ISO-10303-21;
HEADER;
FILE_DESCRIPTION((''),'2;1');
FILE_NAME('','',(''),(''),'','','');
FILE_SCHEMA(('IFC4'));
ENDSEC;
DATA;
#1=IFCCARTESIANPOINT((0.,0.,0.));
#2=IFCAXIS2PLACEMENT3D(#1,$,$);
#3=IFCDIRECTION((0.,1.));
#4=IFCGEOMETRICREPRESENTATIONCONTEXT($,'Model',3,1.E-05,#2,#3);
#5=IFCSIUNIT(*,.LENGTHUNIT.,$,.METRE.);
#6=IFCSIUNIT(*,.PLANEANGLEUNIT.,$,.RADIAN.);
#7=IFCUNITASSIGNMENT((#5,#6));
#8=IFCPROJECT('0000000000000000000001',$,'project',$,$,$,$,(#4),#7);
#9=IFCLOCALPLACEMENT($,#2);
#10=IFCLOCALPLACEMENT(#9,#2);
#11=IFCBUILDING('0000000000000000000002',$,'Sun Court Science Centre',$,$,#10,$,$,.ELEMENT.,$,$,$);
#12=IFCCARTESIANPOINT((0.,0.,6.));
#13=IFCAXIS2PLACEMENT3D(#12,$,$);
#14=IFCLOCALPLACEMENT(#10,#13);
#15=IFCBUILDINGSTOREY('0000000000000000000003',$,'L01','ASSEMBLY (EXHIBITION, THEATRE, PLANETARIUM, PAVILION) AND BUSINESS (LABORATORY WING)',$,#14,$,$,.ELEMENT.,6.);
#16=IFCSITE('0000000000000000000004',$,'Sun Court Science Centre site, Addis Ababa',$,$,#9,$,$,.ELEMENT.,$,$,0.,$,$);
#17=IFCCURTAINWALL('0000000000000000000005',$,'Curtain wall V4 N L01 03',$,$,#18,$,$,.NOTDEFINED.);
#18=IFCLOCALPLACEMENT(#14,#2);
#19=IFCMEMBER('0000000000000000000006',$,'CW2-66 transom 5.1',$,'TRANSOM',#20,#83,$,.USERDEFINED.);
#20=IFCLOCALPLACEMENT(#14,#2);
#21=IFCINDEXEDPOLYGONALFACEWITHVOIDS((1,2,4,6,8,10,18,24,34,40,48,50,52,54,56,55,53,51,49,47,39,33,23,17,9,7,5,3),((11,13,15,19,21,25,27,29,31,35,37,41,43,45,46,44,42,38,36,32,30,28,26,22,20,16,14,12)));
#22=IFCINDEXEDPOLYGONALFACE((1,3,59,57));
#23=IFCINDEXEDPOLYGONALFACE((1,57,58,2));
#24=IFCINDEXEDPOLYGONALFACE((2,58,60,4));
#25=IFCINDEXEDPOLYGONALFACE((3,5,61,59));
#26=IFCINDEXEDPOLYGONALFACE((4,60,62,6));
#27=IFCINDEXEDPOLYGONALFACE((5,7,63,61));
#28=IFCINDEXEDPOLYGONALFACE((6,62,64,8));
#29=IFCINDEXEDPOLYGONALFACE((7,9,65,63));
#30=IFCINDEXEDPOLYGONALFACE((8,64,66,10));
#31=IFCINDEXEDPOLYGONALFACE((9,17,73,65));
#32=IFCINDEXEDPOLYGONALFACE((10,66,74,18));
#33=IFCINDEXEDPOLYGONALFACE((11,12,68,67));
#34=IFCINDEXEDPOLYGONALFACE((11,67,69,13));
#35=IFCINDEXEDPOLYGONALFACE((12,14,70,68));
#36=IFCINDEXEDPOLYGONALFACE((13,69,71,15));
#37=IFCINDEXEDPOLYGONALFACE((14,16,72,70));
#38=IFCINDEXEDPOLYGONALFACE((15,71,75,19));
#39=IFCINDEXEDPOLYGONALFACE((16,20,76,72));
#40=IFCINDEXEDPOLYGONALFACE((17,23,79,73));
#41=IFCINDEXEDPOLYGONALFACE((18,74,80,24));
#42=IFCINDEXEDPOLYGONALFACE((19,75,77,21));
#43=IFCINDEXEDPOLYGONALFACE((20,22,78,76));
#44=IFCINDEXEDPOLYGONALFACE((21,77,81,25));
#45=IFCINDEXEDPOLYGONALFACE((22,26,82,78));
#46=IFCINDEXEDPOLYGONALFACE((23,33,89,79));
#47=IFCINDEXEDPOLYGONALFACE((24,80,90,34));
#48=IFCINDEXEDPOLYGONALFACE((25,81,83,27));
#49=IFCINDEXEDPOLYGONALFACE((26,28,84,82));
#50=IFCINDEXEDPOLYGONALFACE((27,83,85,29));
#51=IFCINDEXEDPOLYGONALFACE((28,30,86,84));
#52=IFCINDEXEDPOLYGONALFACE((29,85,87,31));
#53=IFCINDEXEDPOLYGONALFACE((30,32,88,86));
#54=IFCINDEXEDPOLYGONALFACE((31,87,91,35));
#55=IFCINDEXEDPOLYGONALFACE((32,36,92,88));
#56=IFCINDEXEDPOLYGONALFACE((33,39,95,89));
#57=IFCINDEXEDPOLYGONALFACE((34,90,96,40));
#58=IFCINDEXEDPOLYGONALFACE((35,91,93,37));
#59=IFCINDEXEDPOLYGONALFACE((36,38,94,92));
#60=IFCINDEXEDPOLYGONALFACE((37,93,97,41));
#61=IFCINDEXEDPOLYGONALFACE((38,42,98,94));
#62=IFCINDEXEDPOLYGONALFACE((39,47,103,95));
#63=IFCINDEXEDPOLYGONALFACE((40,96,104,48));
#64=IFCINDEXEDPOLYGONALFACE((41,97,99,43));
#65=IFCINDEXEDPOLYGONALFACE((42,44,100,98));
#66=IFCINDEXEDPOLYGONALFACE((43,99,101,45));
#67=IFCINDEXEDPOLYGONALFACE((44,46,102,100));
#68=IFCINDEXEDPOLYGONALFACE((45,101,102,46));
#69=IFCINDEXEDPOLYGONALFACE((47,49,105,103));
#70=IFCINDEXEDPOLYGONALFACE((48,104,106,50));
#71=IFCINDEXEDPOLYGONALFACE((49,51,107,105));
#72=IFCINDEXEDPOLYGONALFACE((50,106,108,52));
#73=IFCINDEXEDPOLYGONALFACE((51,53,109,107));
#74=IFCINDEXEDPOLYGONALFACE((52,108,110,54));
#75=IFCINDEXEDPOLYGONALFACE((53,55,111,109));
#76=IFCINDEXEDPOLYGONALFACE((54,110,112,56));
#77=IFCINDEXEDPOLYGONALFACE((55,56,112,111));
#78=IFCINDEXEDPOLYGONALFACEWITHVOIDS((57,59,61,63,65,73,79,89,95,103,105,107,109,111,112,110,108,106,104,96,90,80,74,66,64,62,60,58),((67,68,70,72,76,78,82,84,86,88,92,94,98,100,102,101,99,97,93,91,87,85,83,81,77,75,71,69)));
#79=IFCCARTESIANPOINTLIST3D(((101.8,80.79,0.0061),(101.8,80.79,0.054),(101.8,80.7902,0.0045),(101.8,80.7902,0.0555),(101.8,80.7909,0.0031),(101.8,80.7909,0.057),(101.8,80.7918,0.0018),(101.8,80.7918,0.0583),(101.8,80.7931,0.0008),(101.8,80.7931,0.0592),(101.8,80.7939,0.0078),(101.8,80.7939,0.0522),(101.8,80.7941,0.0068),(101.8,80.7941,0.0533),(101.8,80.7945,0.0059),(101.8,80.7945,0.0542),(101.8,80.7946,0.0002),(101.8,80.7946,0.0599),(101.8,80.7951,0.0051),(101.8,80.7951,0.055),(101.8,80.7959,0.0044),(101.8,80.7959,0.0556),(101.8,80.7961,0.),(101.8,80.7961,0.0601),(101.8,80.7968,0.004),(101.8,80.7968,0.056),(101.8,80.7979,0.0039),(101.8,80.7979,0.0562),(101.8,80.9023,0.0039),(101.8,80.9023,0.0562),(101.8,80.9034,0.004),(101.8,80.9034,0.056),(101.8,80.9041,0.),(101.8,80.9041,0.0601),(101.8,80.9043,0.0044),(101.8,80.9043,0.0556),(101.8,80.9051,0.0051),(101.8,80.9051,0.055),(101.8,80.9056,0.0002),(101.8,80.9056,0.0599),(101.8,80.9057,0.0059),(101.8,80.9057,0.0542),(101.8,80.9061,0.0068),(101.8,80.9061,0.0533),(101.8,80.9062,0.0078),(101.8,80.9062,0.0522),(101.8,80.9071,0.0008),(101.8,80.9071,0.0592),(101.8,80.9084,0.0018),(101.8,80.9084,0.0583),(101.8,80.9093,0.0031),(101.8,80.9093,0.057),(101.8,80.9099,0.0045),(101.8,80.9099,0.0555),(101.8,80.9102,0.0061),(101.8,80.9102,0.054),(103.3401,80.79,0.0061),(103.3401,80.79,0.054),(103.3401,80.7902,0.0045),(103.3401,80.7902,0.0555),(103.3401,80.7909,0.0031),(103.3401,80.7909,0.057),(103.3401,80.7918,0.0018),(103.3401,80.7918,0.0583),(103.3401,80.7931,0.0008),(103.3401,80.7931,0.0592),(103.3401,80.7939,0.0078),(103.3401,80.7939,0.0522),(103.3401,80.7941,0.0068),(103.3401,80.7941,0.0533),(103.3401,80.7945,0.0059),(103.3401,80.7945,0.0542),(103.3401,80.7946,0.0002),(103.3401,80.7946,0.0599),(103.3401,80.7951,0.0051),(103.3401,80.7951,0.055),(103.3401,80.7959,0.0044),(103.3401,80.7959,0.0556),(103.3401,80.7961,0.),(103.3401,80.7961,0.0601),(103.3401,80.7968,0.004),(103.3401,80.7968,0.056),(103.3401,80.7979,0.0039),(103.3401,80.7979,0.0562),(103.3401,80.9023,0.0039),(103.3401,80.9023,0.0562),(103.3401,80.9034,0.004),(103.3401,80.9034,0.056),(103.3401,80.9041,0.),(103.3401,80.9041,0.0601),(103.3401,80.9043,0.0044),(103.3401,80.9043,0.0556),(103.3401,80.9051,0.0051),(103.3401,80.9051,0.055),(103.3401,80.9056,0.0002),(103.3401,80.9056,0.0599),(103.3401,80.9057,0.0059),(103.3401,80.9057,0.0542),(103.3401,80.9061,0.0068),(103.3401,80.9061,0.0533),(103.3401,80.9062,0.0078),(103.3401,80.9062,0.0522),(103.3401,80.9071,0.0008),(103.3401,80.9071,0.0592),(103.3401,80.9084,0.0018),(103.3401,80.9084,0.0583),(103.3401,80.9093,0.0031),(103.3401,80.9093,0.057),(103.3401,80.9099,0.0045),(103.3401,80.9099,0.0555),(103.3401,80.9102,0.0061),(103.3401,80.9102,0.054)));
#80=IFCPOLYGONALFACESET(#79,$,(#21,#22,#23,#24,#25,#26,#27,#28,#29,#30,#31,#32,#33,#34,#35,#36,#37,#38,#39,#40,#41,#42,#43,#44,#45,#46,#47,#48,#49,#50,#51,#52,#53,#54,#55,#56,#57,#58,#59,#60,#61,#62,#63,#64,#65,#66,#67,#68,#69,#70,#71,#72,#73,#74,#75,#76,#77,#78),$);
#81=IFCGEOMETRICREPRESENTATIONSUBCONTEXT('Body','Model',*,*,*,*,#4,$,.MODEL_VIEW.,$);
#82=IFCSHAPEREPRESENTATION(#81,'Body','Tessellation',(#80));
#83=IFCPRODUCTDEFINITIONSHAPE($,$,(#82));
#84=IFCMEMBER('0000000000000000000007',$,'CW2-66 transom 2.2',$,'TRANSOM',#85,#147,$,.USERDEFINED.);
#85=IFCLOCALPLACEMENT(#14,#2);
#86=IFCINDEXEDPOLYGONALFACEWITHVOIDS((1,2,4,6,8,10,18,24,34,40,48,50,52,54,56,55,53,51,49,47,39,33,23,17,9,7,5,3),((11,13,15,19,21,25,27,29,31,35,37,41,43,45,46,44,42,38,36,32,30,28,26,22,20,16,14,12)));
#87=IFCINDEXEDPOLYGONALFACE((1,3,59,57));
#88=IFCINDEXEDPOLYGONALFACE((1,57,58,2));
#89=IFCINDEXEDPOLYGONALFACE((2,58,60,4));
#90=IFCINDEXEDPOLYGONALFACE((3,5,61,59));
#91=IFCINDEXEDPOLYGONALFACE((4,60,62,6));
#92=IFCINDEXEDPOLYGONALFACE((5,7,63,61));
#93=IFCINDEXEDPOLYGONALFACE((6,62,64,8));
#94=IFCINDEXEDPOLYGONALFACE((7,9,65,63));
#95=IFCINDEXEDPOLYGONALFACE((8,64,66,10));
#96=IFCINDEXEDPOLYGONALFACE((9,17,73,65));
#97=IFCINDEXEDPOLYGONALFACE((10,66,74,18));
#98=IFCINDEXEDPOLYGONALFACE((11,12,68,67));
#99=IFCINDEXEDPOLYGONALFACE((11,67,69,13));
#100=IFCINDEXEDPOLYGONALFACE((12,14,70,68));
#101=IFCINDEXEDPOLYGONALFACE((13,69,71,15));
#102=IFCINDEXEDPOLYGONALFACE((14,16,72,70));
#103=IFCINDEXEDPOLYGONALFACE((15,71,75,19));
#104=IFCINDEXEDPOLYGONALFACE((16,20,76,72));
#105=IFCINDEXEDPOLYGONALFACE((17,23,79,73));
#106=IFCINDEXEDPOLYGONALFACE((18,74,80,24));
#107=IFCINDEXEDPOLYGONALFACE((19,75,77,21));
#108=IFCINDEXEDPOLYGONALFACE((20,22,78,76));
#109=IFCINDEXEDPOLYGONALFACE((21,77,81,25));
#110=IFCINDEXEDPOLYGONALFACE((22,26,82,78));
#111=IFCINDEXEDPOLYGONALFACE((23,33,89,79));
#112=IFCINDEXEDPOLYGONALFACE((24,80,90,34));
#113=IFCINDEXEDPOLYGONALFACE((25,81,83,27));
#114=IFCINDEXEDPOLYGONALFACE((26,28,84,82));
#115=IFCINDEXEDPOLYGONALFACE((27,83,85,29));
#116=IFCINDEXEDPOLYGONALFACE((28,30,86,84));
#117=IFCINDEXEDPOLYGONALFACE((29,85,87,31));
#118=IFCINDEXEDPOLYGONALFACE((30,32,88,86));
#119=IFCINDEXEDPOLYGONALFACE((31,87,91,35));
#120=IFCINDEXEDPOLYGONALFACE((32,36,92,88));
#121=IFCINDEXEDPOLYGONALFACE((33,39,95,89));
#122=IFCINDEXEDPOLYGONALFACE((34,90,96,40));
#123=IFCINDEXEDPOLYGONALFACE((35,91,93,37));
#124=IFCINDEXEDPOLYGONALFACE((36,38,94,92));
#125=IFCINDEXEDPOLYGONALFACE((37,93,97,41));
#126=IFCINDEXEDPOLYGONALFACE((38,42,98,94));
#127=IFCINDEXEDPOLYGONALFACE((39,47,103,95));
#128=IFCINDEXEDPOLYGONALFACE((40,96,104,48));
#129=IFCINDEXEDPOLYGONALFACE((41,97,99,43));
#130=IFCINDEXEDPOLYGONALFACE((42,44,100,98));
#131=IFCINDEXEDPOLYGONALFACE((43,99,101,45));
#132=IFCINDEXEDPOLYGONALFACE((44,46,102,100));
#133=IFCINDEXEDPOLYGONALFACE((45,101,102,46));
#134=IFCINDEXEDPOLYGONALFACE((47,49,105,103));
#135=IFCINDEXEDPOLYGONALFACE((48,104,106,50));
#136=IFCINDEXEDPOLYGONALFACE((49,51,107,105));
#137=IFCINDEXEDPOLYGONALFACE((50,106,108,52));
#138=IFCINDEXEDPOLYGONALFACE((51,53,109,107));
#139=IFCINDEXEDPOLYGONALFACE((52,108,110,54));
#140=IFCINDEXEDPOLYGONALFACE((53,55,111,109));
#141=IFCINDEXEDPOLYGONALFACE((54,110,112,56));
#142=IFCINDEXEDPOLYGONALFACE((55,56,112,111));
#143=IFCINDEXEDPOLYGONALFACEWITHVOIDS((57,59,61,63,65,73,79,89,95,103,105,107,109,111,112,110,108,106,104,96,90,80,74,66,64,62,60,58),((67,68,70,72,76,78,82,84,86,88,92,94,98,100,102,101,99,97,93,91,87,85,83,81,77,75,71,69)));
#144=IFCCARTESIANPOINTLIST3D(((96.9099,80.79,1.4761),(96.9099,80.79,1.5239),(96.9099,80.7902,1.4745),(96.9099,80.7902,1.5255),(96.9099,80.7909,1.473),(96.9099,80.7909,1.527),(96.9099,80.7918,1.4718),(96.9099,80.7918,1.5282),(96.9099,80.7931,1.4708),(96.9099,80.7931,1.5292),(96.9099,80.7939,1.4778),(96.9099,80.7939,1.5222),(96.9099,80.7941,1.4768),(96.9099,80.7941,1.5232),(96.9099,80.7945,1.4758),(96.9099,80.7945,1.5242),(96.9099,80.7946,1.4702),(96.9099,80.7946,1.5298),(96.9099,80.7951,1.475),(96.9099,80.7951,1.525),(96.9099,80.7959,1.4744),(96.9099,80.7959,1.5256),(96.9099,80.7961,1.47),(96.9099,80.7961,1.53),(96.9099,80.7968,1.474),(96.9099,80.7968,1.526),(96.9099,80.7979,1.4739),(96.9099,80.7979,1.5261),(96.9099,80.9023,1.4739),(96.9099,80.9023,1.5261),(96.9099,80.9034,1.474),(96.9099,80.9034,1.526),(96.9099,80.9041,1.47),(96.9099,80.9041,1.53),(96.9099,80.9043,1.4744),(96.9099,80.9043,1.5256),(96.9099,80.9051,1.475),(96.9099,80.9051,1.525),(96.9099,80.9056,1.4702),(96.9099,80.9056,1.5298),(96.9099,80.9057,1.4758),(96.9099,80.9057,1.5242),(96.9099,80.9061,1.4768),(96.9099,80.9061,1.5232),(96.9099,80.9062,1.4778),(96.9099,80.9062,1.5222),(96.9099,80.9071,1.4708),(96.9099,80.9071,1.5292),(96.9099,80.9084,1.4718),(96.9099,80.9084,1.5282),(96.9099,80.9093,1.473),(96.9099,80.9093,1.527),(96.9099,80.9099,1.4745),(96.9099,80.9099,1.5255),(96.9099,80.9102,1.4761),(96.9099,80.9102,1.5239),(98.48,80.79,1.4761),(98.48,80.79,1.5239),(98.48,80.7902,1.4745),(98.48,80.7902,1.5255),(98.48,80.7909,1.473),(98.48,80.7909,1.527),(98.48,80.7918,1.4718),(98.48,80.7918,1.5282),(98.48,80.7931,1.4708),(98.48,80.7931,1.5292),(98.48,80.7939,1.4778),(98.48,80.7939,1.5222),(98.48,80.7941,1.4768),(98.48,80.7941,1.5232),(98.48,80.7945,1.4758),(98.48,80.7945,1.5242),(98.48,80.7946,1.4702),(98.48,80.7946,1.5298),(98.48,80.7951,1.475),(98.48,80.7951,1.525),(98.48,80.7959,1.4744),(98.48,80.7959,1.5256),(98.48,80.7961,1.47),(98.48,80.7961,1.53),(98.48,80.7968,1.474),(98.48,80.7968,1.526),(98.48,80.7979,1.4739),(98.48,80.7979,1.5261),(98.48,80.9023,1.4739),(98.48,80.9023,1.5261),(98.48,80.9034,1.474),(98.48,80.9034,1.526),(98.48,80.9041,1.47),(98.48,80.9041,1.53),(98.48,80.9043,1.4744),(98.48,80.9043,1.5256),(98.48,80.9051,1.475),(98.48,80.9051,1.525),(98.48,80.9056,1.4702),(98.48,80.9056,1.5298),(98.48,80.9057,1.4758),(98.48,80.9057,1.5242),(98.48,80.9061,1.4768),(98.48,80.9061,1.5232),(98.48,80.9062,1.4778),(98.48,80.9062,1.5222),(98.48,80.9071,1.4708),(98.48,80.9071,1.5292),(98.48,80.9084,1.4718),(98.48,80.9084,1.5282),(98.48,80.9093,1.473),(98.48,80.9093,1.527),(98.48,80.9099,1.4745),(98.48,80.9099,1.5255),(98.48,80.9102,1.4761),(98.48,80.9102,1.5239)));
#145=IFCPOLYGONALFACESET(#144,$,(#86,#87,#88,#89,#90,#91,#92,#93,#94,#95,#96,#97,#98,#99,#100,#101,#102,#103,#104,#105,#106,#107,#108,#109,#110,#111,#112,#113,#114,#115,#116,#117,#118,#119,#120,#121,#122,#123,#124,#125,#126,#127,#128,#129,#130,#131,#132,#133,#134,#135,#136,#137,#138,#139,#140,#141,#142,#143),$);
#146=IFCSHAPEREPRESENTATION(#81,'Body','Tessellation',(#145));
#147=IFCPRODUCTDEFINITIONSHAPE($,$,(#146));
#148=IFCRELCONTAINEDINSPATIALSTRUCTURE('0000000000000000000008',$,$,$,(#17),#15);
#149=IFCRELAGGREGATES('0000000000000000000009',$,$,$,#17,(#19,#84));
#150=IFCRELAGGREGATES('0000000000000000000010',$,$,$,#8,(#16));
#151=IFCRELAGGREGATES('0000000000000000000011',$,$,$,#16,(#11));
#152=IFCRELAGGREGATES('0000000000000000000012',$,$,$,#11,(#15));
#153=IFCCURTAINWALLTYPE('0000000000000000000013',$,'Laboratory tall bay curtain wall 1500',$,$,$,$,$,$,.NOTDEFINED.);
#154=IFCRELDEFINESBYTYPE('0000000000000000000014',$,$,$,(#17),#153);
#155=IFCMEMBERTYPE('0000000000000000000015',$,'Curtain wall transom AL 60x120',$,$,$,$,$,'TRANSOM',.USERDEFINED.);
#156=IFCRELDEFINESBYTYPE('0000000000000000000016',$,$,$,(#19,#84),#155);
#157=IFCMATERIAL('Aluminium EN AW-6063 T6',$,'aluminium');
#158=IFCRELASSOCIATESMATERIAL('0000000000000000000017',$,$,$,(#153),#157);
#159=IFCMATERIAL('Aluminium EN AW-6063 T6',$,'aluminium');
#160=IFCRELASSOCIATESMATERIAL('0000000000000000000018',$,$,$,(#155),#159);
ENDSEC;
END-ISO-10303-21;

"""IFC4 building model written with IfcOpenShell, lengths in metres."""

from ifc_helpers import new_model, si_unit, direction, frame, origin, origin_2d, place, context, subcontext, project, spatial, hollow_rectangle, extrude, material, material_profile, profile_set, type_object, element, aggregate, save


model = new_model("IFC4")

# Units and contexts
model_context = context("Model", 3, precision=1e-05, world=origin(), true_north=direction((0.0, 1.0)))
body_context = subcontext(model_context, "Body", "Model", "MODEL_VIEW")
ifc_project = project(units=[si_unit("LENGTHUNIT", "METRE"), si_unit("PLANEANGLEUNIT", "RADIAN")], contexts=[model_context])

# Site, building, storey
site_placement = place(None, origin())
site = spatial("IfcSite", under=ifc_project, at=site_placement, Name="Sun Court Science Centre site, Addis Ababa", CompositionType="ELEMENT", RefElevation=0.0)
building_placement = place(site_placement, origin())
building = spatial("IfcBuilding", under=site, at=building_placement, Name="Sun Court Science Centre", CompositionType="ELEMENT")
storey_placement = place(building_placement, frame((0.0, 0.0, 6.0)))
storey = spatial("IfcBuildingStorey", under=building, at=storey_placement, Name="L01", Description="ASSEMBLY (EXHIBITION, THEATRE, PLANETARIUM, PAVILION) AND BUSINESS (LABORATORY WING)", CompositionType="ELEMENT", Elevation=6.0)

# Curtain wall, members
ifc_material_1 = material(Name="Aluminium EN AW-6063 T6", Category="aluminium")
curtain_wall_type = type_object("IfcCurtainWallType", Name="Laboratory tall bay curtain wall 1500", PredefinedType="NOTDEFINED", material=ifc_material_1)
curtain_wall_placement = place(storey_placement, origin())
curtain_wall = element("IfcCurtainWall", 1, at=curtain_wall_placement, inside=storey, type_object=curtain_wall_type, Name="Curtain wall V4 N L01 03", PredefinedType="NOTDEFINED")
ifc_material_2 = material(Name="Aluminium EN AW-6063 T6", Category="aluminium")
ifc_material_profile_1 = material_profile(ifc_material_2, hollow_rectangle(XDim=0.0601, YDim=0.1201, WallThickness=0.0039, InnerFilletRadius=0.0039, OuterFilletRadius=0.0061, at=origin_2d()), Name="AL 60x120x4")
ifc_profile_set_1 = profile_set([ifc_material_profile_1], Name="Aluminium EN AW-6063 T6")
member_type_1 = type_object("IfcMemberType", Name="Curtain wall transom AL 60x120", ElementType="TRANSOM", PredefinedType="USERDEFINED", material=ifc_profile_set_1)
member_1_placement = place(storey_placement, frame((101.8, 80.8501, 0.03), z_axis=(1.0, 0.0, 0.0), x_axis=(0.0, 0.0, 1.0)))
member_1 = element("IfcMember", 2, at=member_1_placement, type_object=member_type_1, Name="CW2-66 transom 5.1", ObjectType="TRANSOM", PredefinedType="USERDEFINED", context=body_context, shape_type="SweptSolid", body=[
    extrude(hollow_rectangle(XDim=0.0601, YDim=0.1201, WallThickness=0.0039, InnerFilletRadius=0.0039, OuterFilletRadius=0.0061, at=origin_2d()), origin(), (0.0, 0.0, 1.0), 1.54),
])
member_2_placement = place(storey_placement, frame((96.9099, 80.8501, 1.5), z_axis=(1.0, 0.0, 0.0), x_axis=(0.0, 0.0, 1.0)))
member_2 = element("IfcMember", 3, at=member_2_placement, type_object=member_type_1, Name="CW2-66 transom 2.2", ObjectType="TRANSOM", PredefinedType="USERDEFINED", context=body_context, shape_type="SweptSolid", body=[
    extrude(hollow_rectangle(XDim=0.0601, YDim=0.1201, WallThickness=0.0039, InnerFilletRadius=0.0039, OuterFilletRadius=0.0061, at=origin_2d()), origin(), (0.0, 0.0, 1.0), 1.5701),
])
aggregate(curtain_wall, [member_1, member_2])

save(model, "model.ifc")
